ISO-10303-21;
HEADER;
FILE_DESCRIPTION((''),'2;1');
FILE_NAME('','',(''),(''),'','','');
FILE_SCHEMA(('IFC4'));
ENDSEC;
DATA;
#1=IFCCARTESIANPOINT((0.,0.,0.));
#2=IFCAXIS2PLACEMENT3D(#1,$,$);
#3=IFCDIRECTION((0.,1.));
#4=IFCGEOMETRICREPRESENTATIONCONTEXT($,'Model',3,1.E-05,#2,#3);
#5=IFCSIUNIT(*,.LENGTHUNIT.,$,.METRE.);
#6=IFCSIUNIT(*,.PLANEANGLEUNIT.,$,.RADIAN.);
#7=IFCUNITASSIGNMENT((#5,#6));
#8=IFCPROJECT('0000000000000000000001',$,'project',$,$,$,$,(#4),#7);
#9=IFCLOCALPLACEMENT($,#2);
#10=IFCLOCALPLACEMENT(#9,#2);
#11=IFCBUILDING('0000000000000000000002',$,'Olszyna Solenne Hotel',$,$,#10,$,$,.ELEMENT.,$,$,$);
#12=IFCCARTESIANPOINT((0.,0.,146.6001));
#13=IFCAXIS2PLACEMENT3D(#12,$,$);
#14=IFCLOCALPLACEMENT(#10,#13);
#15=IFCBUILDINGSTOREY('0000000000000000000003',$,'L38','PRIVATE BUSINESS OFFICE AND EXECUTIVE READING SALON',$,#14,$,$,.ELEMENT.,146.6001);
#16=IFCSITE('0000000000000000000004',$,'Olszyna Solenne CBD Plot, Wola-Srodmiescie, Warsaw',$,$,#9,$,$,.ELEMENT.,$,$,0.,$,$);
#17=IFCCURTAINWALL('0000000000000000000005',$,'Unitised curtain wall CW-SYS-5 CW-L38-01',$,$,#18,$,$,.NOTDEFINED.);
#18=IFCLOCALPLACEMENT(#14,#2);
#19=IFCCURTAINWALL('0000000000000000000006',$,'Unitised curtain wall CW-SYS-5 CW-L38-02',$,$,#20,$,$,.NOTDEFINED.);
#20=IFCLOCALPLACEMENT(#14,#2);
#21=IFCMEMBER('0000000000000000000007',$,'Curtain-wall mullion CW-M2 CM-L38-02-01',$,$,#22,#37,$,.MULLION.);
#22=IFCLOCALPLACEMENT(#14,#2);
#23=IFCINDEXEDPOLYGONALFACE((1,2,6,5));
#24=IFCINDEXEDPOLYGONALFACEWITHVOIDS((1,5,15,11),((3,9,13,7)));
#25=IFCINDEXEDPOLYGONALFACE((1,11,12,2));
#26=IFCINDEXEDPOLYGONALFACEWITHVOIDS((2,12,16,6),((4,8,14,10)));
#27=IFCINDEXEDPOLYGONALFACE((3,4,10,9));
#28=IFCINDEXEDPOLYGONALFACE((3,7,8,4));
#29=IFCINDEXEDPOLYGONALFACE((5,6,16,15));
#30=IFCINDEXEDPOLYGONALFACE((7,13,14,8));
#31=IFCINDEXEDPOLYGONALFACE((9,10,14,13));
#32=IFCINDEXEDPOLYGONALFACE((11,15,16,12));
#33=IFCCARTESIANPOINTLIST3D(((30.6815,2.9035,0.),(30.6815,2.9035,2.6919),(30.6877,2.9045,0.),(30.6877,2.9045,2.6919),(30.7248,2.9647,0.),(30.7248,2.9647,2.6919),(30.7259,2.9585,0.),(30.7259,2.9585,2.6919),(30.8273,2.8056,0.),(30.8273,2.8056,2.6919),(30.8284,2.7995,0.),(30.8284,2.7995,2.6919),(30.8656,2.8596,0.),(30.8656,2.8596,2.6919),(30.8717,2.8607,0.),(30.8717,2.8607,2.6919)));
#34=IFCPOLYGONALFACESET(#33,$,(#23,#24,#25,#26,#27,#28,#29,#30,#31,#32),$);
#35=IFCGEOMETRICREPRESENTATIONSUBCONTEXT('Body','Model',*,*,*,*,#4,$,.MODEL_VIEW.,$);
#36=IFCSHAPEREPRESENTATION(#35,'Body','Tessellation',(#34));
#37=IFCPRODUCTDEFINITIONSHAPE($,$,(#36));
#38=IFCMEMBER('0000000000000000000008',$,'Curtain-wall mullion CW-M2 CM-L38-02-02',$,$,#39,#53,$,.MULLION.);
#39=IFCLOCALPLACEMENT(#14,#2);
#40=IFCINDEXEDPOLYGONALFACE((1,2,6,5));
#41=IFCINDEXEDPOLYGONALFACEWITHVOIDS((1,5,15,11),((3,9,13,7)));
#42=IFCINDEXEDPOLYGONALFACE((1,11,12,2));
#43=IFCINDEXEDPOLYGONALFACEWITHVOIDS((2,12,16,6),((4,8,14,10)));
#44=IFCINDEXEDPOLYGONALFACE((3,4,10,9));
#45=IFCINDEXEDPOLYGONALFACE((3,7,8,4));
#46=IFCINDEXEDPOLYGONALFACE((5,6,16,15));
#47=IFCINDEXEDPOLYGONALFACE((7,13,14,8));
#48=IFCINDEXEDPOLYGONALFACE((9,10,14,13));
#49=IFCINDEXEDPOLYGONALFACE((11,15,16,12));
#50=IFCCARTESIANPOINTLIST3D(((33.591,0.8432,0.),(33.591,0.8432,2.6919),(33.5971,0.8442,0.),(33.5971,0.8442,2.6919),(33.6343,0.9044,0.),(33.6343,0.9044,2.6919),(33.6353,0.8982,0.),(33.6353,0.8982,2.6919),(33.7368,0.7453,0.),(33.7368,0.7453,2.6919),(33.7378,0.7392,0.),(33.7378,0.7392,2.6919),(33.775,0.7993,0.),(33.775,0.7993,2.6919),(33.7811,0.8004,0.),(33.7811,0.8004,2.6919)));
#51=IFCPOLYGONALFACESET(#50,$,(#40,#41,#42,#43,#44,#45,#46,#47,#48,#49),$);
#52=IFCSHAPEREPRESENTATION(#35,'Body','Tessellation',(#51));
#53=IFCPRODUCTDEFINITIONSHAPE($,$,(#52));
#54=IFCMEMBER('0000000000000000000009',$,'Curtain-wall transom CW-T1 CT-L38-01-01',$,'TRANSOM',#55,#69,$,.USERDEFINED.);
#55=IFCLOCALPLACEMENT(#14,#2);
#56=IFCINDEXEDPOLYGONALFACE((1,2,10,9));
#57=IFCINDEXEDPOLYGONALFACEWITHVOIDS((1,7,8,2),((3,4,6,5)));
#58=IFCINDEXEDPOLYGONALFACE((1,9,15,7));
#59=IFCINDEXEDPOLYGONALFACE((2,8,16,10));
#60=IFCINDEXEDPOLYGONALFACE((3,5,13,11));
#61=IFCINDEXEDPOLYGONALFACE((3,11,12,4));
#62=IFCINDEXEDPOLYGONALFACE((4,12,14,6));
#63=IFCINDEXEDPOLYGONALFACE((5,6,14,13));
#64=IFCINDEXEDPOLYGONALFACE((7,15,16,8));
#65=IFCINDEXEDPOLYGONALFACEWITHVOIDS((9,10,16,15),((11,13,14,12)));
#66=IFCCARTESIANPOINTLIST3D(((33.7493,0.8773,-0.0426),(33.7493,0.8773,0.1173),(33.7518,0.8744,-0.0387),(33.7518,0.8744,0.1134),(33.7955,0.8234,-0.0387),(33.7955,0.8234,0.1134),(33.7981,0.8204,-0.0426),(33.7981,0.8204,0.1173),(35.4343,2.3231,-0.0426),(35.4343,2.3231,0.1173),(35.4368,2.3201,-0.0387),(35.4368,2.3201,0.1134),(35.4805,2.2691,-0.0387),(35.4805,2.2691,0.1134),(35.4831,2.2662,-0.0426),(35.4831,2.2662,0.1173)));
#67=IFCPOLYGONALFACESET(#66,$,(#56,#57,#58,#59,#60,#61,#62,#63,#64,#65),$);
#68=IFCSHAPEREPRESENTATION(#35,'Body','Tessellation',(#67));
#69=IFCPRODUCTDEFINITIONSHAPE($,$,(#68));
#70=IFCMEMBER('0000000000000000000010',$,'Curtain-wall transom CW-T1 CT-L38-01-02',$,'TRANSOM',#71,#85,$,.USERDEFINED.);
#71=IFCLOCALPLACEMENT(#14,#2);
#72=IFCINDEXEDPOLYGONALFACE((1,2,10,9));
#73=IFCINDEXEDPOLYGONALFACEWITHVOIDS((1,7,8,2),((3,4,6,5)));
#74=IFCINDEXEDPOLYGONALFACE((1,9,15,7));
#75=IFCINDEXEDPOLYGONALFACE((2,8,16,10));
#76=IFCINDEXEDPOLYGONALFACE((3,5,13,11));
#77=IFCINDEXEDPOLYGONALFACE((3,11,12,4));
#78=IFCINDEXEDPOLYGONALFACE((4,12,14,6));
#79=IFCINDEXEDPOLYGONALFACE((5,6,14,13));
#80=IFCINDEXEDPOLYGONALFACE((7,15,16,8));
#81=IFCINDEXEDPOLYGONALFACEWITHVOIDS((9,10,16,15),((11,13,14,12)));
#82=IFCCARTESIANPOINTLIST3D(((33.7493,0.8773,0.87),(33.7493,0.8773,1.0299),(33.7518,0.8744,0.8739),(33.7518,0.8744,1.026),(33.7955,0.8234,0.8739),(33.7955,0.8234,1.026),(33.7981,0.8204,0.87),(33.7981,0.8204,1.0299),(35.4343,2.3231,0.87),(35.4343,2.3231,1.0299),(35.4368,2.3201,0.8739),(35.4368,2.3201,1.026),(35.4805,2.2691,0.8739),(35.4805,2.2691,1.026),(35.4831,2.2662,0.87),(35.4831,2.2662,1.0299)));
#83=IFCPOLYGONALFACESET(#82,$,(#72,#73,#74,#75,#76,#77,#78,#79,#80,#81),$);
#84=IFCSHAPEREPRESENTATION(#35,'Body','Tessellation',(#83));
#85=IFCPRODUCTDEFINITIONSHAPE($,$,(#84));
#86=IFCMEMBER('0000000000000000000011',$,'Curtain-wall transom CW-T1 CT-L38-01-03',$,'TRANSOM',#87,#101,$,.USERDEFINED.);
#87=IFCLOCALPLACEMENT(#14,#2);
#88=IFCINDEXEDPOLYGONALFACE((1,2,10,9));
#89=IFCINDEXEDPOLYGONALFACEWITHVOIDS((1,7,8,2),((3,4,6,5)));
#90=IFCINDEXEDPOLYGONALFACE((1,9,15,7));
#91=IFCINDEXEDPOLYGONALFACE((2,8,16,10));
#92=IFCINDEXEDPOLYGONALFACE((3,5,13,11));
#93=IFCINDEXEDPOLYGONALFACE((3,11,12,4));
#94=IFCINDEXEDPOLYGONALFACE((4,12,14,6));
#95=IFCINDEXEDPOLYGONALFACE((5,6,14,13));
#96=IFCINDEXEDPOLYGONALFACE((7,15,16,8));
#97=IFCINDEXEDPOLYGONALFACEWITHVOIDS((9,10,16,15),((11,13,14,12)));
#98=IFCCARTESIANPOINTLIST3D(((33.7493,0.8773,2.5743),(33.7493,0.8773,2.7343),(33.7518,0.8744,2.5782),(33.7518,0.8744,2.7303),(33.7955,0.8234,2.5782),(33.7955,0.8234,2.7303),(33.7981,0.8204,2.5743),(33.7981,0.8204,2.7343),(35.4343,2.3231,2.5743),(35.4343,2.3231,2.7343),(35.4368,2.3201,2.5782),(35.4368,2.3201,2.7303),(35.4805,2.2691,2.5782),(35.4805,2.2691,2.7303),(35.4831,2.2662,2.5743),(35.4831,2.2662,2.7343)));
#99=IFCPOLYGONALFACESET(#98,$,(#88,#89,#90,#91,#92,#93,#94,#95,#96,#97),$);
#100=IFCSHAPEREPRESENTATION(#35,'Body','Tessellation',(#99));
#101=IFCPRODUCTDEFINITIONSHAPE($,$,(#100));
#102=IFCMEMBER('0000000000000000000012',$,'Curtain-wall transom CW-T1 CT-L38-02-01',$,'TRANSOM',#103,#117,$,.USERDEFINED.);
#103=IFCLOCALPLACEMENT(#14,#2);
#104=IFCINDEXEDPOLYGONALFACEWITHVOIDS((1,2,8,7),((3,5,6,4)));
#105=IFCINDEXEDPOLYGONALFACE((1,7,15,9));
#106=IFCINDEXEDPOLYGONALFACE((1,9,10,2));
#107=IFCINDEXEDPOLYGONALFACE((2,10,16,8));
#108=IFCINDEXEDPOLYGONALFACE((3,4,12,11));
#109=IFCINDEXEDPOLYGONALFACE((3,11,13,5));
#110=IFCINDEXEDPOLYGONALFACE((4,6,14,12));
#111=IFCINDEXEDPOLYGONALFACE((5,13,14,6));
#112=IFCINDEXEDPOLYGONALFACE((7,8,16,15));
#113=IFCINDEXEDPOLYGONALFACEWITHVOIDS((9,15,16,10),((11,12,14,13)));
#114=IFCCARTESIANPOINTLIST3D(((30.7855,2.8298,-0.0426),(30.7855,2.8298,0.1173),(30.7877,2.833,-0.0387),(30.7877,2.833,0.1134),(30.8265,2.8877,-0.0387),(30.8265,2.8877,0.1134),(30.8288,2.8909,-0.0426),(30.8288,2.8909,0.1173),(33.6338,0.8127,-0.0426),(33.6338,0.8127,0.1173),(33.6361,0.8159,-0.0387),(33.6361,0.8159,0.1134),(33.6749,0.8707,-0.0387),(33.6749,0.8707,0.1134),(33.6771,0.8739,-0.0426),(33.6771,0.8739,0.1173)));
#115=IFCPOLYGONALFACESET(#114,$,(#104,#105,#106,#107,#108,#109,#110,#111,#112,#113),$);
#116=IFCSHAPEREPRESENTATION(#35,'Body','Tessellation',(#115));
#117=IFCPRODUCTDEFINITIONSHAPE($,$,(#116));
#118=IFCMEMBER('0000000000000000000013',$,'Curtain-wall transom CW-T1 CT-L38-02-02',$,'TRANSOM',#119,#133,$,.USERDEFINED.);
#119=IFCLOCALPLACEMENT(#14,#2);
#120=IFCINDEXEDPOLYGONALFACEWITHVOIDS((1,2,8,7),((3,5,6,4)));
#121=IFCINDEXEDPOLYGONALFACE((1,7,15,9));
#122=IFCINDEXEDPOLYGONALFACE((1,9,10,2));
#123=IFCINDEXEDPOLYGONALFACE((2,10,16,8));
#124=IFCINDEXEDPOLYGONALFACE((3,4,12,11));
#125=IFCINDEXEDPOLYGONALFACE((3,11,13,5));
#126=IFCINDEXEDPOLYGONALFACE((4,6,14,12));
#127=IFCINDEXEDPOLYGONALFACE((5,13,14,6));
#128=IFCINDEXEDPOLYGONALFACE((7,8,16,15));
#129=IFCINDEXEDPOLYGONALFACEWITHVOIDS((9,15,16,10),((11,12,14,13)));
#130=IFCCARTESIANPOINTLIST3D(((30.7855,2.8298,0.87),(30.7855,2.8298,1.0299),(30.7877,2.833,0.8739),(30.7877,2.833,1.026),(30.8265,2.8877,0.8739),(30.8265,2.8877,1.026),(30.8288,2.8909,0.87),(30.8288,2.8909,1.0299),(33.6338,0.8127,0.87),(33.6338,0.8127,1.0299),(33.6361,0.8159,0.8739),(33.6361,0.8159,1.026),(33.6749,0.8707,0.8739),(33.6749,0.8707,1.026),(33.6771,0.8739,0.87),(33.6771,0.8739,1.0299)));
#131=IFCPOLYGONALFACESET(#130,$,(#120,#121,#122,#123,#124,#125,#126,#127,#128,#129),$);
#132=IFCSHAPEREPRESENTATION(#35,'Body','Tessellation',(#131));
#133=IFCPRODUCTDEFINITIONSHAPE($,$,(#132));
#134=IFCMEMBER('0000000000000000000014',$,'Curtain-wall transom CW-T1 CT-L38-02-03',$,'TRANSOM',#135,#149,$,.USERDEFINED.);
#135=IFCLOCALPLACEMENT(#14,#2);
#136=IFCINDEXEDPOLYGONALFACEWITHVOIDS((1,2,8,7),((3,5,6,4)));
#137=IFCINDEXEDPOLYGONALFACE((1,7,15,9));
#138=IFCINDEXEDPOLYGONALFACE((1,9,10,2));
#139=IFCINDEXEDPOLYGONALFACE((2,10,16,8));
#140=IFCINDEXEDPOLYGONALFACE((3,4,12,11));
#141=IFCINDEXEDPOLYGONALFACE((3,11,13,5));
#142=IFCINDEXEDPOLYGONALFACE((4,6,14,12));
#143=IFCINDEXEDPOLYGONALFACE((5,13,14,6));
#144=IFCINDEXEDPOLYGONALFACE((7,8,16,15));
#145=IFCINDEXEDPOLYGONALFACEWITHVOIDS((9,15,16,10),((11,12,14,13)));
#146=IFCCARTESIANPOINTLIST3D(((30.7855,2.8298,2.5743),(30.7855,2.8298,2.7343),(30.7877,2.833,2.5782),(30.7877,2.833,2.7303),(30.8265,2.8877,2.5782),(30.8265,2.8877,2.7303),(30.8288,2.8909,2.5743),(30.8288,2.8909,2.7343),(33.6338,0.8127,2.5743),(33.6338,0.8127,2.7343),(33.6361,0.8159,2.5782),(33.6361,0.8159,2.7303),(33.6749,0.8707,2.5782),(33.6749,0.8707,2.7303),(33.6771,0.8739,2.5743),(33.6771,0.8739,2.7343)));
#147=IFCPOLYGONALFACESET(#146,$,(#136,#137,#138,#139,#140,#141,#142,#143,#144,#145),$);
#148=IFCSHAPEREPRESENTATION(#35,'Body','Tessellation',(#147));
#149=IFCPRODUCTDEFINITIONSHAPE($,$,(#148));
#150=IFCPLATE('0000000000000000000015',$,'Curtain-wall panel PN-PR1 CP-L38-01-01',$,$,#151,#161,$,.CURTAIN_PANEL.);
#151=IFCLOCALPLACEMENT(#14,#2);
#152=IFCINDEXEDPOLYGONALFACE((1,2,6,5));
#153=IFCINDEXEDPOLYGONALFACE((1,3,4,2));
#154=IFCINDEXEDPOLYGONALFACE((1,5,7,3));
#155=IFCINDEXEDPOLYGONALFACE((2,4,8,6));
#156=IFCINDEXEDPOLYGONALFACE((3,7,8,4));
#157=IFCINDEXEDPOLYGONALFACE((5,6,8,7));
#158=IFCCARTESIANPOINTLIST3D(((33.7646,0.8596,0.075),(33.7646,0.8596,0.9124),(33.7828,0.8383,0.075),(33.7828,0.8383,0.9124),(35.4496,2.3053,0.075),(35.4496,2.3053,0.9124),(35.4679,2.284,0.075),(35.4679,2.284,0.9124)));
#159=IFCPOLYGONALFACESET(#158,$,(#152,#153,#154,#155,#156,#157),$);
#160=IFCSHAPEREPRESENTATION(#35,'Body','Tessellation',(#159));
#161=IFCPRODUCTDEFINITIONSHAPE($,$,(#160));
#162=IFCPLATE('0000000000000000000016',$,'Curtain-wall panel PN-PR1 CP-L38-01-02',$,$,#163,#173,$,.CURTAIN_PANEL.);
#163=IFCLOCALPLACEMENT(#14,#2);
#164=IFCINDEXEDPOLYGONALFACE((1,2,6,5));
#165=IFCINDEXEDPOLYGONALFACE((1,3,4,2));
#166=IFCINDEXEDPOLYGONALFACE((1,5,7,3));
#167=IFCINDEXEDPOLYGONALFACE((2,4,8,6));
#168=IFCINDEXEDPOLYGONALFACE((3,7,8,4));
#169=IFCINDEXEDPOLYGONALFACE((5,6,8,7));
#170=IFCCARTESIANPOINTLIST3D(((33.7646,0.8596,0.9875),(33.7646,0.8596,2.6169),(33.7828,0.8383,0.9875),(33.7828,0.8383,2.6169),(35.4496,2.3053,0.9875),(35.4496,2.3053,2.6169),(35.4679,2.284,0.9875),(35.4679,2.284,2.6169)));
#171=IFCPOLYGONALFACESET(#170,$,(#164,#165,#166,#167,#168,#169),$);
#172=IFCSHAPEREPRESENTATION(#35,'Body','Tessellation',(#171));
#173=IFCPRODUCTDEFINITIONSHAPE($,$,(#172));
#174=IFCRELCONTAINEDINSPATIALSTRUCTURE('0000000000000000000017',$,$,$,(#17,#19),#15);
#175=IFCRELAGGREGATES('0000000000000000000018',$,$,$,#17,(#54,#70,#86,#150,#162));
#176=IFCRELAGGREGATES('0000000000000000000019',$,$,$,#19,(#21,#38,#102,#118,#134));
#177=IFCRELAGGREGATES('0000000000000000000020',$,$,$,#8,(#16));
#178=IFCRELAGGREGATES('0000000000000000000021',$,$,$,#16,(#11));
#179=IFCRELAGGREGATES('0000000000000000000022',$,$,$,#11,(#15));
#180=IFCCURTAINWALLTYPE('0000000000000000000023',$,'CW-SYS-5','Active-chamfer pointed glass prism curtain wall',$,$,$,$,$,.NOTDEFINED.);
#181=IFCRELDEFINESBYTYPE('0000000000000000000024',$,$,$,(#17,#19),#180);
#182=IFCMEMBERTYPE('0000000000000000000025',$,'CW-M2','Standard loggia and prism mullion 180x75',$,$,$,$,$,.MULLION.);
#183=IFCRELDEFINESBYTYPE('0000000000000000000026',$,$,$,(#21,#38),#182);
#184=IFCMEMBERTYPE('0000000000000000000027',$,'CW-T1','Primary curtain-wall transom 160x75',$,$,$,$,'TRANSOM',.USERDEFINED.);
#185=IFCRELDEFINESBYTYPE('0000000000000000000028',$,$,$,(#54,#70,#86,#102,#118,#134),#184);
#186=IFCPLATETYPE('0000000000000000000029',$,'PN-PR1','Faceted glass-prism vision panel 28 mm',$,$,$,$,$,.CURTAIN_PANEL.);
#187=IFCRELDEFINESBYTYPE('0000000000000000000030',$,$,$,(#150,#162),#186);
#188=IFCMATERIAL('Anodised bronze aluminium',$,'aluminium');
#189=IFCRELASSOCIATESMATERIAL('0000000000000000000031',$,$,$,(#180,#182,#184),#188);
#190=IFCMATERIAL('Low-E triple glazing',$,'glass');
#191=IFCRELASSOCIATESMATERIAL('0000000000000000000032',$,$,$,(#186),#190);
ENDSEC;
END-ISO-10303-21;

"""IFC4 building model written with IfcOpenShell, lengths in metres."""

from ifc_helpers import new_model, si_unit, direction, frame, origin, origin_2d, place, context, subcontext, project, spatial, rectangle, hollow_rectangle, extrude, source, transform, mapped, material, material_profile, profile_set, type_object, element, aggregate, save


model = new_model("IFC4")

# Units and contexts
model_context = context("Model", 3, precision=1e-05, world=origin(), true_north=direction((0.0, 1.0)))
body_context = subcontext(model_context, "Body", "Model", "MODEL_VIEW")
ifc_project = project(units=[si_unit("LENGTHUNIT", "METRE"), si_unit("PLANEANGLEUNIT", "RADIAN")], contexts=[model_context])

# Site, building, storey
site_placement = place(None, origin())
site = spatial("IfcSite", under=ifc_project, at=site_placement, Name="Olszyna Solenne CBD Plot, Wola-Srodmiescie, Warsaw", CompositionType="ELEMENT", RefElevation=0.0)
building_placement = place(site_placement, origin())
building = spatial("IfcBuilding", under=site, at=building_placement, Name="Olszyna Solenne Hotel", CompositionType="ELEMENT")
storey_placement = place(building_placement, frame((0.0, 0.0, 146.6001)))
storey = spatial("IfcBuildingStorey", under=building, at=storey_placement, Name="L38", Description="PRIVATE BUSINESS OFFICE AND EXECUTIVE READING SALON", CompositionType="ELEMENT", Elevation=146.6001)

# Curtain wall
ifc_material_1 = material(Name="Anodised bronze aluminium", Category="aluminium")
curtain_wall_type = type_object("IfcCurtainWallType", Name="CW-SYS-5", Description="Active-chamfer pointed glass prism curtain wall", PredefinedType="NOTDEFINED", material=ifc_material_1)
curtain_wall_1_placement = place(storey_placement, origin())
curtain_wall_1 = element("IfcCurtainWall", 1, at=curtain_wall_1_placement, inside=storey, type_object=curtain_wall_type, Name="Unitised curtain wall CW-SYS-5 CW-L38-01", PredefinedType="NOTDEFINED")
ifc_material_profile_1 = material_profile(ifc_material_1, hollow_rectangle(XDim=0.075, YDim=0.1799, WallThickness=0.0044, at=origin_2d()), Name="MULL 180x75x4.5", Category="load-bearing")
ifc_profile_set_1 = profile_set([ifc_material_profile_1], Name="Anodised bronze aluminium")
member_type_1 = type_object("IfcMemberType", Name="CW-M2", Description="Standard loggia and prism mullion 180x75", PredefinedType="MULLION", material=ifc_profile_set_1)
shared_shape_1 = source(origin(), body_context, "Body", "SweptSolid", [
    extrude(hollow_rectangle(XDim=0.075, YDim=0.1799, WallThickness=0.0044, at=origin_2d()), origin(), (0.0, 0.0, 1.0), 2.6919),
])

# Curtain wall, members
curtain_wall_2_placement = place(storey_placement, origin())
curtain_wall_2 = element("IfcCurtainWall", 2, at=curtain_wall_2_placement, inside=storey, type_object=curtain_wall_type, Name="Unitised curtain wall CW-SYS-5 CW-L38-02", PredefinedType="NOTDEFINED")
member_1_placement = place(storey_placement, frame((30.7766, 2.8821, 0.0), z_axis=(0.0, 0.0, 1.0), x_axis=(0.577917, 0.816095, 0.0)))
member_1 = element("IfcMember", 3, at=member_1_placement, type_object=member_type_1, Name="Curtain-wall mullion CW-M2 CM-L38-02-01", PredefinedType="MULLION", context=body_context, shape_type="MappedRepresentation", body=[
    mapped(shared_shape_1, transform((0.0, 0.0, 0.0), x_axis=(1.0, 0.0, 0.0), y_axis=(0.0, 1.0, 0.0), z_axis=(0.0, 0.0, 1.0), scale=1.0)),
])
member_2_placement = place(storey_placement, frame((33.686, 0.8218, 0.0), z_axis=(0.0, 0.0, 1.0), x_axis=(0.577917, 0.816095, 0.0)))
member_2 = element("IfcMember", 4, at=member_2_placement, type_object=member_type_1, Name="Curtain-wall mullion CW-M2 CM-L38-02-02", PredefinedType="MULLION", context=body_context, shape_type="MappedRepresentation", body=[
    mapped(shared_shape_1, transform((0.0, 0.0, 0.0), x_axis=(1.0, 0.0, 0.0), y_axis=(0.0, 1.0, 0.0), z_axis=(0.0, 0.0, 1.0), scale=1.0)),
])

# Members
ifc_material_profile_2 = material_profile(ifc_material_1, hollow_rectangle(XDim=0.075, YDim=0.1599, WallThickness=0.0039, at=origin_2d()), Name="TRAN 160x75x4", Category="load-bearing")
ifc_profile_set_2 = profile_set([ifc_material_profile_2], Name="Anodised bronze aluminium")
member_type_2 = type_object("IfcMemberType", Name="CW-T1", Description="Primary curtain-wall transom 160x75", ElementType="TRANSOM", PredefinedType="USERDEFINED", material=ifc_profile_set_2)
shared_shape_2 = source(origin(), body_context, "Body", "SweptSolid", [
    extrude(hollow_rectangle(XDim=0.075, YDim=0.1599, WallThickness=0.0039, at=origin_2d()), origin(), (0.0, 0.0, 1.0), 2.2202),
])
member_3_placement = place(storey_placement, frame((33.7737, 0.8489, 0.0374), z_axis=(0.758931, 0.651172, 0.0), x_axis=(-0.651172, 0.758931, 0.0)))
member_3 = element("IfcMember", 5, at=member_3_placement, type_object=member_type_2, Name="Curtain-wall transom CW-T1 CT-L38-01-01", ObjectType="TRANSOM", PredefinedType="USERDEFINED", context=body_context, shape_type="MappedRepresentation", body=[
    mapped(shared_shape_2, transform((0.0, 0.0, 0.0), x_axis=(1.0, 0.0, 0.0), y_axis=(0.0, 1.0, 0.0), z_axis=(0.0, 0.0, 1.0), scale=1.0)),
])
member_4_placement = place(storey_placement, frame((33.7737, 0.8489, 0.95), z_axis=(0.758931, 0.651172, 0.0), x_axis=(-0.651172, 0.758931, 0.0)))
member_4 = element("IfcMember", 6, at=member_4_placement, type_object=member_type_2, Name="Curtain-wall transom CW-T1 CT-L38-01-02", ObjectType="TRANSOM", PredefinedType="USERDEFINED", context=body_context, shape_type="MappedRepresentation", body=[
    mapped(shared_shape_2, transform((0.0, 0.0, 0.0), x_axis=(1.0, 0.0, 0.0), y_axis=(0.0, 1.0, 0.0), z_axis=(0.0, 0.0, 1.0), scale=1.0)),
])
member_5_placement = place(storey_placement, frame((33.7737, 0.8489, 2.6543), z_axis=(0.758931, 0.651172, 0.0), x_axis=(-0.651172, 0.758931, 0.0)))
member_5 = element("IfcMember", 7, at=member_5_placement, type_object=member_type_2, Name="Curtain-wall transom CW-T1 CT-L38-01-03", ObjectType="TRANSOM", PredefinedType="USERDEFINED", context=body_context, shape_type="MappedRepresentation", body=[
    mapped(shared_shape_2, transform((0.0, 0.0, 0.0), x_axis=(1.0, 0.0, 0.0), y_axis=(0.0, 1.0, 0.0), z_axis=(0.0, 0.0, 1.0), scale=1.0)),
])
shared_shape_3 = source(origin(), body_context, "Body", "SweptSolid", [
    extrude(hollow_rectangle(XDim=0.075, YDim=0.1599, WallThickness=0.0039, at=origin_2d()), origin(), (0.0, 0.0, 1.0), 3.4902),
])
member_6_placement = place(storey_placement, frame((30.8071, 2.8604, 0.0374), z_axis=(0.816095, -0.577918, 0.0), x_axis=(0.577918, 0.816095, 0.0)))
member_6 = element("IfcMember", 8, at=member_6_placement, type_object=member_type_2, Name="Curtain-wall transom CW-T1 CT-L38-02-01", ObjectType="TRANSOM", PredefinedType="USERDEFINED", context=body_context, shape_type="MappedRepresentation", body=[
    mapped(shared_shape_3, transform((0.0, 0.0, 0.0), x_axis=(1.0, 0.0, 0.0), y_axis=(0.0, 1.0, 0.0), z_axis=(0.0, 0.0, 1.0), scale=1.0)),
])
member_7_placement = place(storey_placement, frame((30.8071, 2.8604, 0.95), z_axis=(0.816095, -0.577918, 0.0), x_axis=(0.577918, 0.816095, 0.0)))
member_7 = element("IfcMember", 9, at=member_7_placement, type_object=member_type_2, Name="Curtain-wall transom CW-T1 CT-L38-02-02", ObjectType="TRANSOM", PredefinedType="USERDEFINED", context=body_context, shape_type="MappedRepresentation", body=[
    mapped(shared_shape_3, transform((0.0, 0.0, 0.0), x_axis=(1.0, 0.0, 0.0), y_axis=(0.0, 1.0, 0.0), z_axis=(0.0, 0.0, 1.0), scale=1.0)),
])
member_8_placement = place(storey_placement, frame((30.8071, 2.8604, 2.6543), z_axis=(0.816095, -0.577918, 0.0), x_axis=(0.577918, 0.816095, 0.0)))
member_8 = element("IfcMember", 10, at=member_8_placement, type_object=member_type_2, Name="Curtain-wall transom CW-T1 CT-L38-02-03", ObjectType="TRANSOM", PredefinedType="USERDEFINED", context=body_context, shape_type="MappedRepresentation", body=[
    mapped(shared_shape_3, transform((0.0, 0.0, 0.0), x_axis=(1.0, 0.0, 0.0), y_axis=(0.0, 1.0, 0.0), z_axis=(0.0, 0.0, 1.0), scale=1.0)),
])

# Plates
ifc_material_2 = material(Name="Low-E triple glazing", Category="glass")
plate_type = type_object("IfcPlateType", Name="PN-PR1", Description="Faceted glass-prism vision panel 28 mm", PredefinedType="CURTAIN_PANEL", material=ifc_material_2)
shared_shape_4 = source(origin(), body_context, "Body", "SweptSolid", [
    extrude(rectangle(XDim=2.2202, YDim=0.0281, at=origin_2d()), origin(), (0.0, 0.0, 1.0), 0.8374),
])
plate_1_placement = place(storey_placement, frame((34.6162, 1.5718, 0.075), z_axis=(0.0, 0.0, 1.0), x_axis=(0.758947, 0.651153, 0.0)))
plate_1 = element("IfcPlate", 11, at=plate_1_placement, type_object=plate_type, Name="Curtain-wall panel PN-PR1 CP-L38-01-01", PredefinedType="CURTAIN_PANEL", context=body_context, shape_type="MappedRepresentation", body=[
    mapped(shared_shape_4, transform((0.0, 0.0, 0.0), x_axis=(1.0, 0.0, 0.0), y_axis=(0.0, 1.0, 0.0), z_axis=(0.0, 0.0, 1.0), scale=1.0)),
])
shared_shape_5 = source(origin(), body_context, "Body", "SweptSolid", [
    extrude(rectangle(XDim=2.2202, YDim=0.0281, at=origin_2d()), origin(), (0.0, 0.0, 1.0), 1.6294),
])
plate_2_placement = place(storey_placement, frame((34.6162, 1.5718, 0.9875), z_axis=(0.0, 0.0, 1.0), x_axis=(0.758947, 0.651153, 0.0)))
plate_2 = element("IfcPlate", 12, at=plate_2_placement, type_object=plate_type, Name="Curtain-wall panel PN-PR1 CP-L38-01-02", PredefinedType="CURTAIN_PANEL", context=body_context, shape_type="MappedRepresentation", body=[
    mapped(shared_shape_5, transform((0.0, 0.0, 0.0), x_axis=(1.0, 0.0, 0.0), y_axis=(0.0, 1.0, 0.0), z_axis=(0.0, 0.0, 1.0), scale=1.0)),
])
aggregate(curtain_wall_1, [member_3, member_4, member_5, plate_1, plate_2])
aggregate(curtain_wall_2, [member_1, member_2, member_6, member_7, member_8])

save(model, "model.ifc")
